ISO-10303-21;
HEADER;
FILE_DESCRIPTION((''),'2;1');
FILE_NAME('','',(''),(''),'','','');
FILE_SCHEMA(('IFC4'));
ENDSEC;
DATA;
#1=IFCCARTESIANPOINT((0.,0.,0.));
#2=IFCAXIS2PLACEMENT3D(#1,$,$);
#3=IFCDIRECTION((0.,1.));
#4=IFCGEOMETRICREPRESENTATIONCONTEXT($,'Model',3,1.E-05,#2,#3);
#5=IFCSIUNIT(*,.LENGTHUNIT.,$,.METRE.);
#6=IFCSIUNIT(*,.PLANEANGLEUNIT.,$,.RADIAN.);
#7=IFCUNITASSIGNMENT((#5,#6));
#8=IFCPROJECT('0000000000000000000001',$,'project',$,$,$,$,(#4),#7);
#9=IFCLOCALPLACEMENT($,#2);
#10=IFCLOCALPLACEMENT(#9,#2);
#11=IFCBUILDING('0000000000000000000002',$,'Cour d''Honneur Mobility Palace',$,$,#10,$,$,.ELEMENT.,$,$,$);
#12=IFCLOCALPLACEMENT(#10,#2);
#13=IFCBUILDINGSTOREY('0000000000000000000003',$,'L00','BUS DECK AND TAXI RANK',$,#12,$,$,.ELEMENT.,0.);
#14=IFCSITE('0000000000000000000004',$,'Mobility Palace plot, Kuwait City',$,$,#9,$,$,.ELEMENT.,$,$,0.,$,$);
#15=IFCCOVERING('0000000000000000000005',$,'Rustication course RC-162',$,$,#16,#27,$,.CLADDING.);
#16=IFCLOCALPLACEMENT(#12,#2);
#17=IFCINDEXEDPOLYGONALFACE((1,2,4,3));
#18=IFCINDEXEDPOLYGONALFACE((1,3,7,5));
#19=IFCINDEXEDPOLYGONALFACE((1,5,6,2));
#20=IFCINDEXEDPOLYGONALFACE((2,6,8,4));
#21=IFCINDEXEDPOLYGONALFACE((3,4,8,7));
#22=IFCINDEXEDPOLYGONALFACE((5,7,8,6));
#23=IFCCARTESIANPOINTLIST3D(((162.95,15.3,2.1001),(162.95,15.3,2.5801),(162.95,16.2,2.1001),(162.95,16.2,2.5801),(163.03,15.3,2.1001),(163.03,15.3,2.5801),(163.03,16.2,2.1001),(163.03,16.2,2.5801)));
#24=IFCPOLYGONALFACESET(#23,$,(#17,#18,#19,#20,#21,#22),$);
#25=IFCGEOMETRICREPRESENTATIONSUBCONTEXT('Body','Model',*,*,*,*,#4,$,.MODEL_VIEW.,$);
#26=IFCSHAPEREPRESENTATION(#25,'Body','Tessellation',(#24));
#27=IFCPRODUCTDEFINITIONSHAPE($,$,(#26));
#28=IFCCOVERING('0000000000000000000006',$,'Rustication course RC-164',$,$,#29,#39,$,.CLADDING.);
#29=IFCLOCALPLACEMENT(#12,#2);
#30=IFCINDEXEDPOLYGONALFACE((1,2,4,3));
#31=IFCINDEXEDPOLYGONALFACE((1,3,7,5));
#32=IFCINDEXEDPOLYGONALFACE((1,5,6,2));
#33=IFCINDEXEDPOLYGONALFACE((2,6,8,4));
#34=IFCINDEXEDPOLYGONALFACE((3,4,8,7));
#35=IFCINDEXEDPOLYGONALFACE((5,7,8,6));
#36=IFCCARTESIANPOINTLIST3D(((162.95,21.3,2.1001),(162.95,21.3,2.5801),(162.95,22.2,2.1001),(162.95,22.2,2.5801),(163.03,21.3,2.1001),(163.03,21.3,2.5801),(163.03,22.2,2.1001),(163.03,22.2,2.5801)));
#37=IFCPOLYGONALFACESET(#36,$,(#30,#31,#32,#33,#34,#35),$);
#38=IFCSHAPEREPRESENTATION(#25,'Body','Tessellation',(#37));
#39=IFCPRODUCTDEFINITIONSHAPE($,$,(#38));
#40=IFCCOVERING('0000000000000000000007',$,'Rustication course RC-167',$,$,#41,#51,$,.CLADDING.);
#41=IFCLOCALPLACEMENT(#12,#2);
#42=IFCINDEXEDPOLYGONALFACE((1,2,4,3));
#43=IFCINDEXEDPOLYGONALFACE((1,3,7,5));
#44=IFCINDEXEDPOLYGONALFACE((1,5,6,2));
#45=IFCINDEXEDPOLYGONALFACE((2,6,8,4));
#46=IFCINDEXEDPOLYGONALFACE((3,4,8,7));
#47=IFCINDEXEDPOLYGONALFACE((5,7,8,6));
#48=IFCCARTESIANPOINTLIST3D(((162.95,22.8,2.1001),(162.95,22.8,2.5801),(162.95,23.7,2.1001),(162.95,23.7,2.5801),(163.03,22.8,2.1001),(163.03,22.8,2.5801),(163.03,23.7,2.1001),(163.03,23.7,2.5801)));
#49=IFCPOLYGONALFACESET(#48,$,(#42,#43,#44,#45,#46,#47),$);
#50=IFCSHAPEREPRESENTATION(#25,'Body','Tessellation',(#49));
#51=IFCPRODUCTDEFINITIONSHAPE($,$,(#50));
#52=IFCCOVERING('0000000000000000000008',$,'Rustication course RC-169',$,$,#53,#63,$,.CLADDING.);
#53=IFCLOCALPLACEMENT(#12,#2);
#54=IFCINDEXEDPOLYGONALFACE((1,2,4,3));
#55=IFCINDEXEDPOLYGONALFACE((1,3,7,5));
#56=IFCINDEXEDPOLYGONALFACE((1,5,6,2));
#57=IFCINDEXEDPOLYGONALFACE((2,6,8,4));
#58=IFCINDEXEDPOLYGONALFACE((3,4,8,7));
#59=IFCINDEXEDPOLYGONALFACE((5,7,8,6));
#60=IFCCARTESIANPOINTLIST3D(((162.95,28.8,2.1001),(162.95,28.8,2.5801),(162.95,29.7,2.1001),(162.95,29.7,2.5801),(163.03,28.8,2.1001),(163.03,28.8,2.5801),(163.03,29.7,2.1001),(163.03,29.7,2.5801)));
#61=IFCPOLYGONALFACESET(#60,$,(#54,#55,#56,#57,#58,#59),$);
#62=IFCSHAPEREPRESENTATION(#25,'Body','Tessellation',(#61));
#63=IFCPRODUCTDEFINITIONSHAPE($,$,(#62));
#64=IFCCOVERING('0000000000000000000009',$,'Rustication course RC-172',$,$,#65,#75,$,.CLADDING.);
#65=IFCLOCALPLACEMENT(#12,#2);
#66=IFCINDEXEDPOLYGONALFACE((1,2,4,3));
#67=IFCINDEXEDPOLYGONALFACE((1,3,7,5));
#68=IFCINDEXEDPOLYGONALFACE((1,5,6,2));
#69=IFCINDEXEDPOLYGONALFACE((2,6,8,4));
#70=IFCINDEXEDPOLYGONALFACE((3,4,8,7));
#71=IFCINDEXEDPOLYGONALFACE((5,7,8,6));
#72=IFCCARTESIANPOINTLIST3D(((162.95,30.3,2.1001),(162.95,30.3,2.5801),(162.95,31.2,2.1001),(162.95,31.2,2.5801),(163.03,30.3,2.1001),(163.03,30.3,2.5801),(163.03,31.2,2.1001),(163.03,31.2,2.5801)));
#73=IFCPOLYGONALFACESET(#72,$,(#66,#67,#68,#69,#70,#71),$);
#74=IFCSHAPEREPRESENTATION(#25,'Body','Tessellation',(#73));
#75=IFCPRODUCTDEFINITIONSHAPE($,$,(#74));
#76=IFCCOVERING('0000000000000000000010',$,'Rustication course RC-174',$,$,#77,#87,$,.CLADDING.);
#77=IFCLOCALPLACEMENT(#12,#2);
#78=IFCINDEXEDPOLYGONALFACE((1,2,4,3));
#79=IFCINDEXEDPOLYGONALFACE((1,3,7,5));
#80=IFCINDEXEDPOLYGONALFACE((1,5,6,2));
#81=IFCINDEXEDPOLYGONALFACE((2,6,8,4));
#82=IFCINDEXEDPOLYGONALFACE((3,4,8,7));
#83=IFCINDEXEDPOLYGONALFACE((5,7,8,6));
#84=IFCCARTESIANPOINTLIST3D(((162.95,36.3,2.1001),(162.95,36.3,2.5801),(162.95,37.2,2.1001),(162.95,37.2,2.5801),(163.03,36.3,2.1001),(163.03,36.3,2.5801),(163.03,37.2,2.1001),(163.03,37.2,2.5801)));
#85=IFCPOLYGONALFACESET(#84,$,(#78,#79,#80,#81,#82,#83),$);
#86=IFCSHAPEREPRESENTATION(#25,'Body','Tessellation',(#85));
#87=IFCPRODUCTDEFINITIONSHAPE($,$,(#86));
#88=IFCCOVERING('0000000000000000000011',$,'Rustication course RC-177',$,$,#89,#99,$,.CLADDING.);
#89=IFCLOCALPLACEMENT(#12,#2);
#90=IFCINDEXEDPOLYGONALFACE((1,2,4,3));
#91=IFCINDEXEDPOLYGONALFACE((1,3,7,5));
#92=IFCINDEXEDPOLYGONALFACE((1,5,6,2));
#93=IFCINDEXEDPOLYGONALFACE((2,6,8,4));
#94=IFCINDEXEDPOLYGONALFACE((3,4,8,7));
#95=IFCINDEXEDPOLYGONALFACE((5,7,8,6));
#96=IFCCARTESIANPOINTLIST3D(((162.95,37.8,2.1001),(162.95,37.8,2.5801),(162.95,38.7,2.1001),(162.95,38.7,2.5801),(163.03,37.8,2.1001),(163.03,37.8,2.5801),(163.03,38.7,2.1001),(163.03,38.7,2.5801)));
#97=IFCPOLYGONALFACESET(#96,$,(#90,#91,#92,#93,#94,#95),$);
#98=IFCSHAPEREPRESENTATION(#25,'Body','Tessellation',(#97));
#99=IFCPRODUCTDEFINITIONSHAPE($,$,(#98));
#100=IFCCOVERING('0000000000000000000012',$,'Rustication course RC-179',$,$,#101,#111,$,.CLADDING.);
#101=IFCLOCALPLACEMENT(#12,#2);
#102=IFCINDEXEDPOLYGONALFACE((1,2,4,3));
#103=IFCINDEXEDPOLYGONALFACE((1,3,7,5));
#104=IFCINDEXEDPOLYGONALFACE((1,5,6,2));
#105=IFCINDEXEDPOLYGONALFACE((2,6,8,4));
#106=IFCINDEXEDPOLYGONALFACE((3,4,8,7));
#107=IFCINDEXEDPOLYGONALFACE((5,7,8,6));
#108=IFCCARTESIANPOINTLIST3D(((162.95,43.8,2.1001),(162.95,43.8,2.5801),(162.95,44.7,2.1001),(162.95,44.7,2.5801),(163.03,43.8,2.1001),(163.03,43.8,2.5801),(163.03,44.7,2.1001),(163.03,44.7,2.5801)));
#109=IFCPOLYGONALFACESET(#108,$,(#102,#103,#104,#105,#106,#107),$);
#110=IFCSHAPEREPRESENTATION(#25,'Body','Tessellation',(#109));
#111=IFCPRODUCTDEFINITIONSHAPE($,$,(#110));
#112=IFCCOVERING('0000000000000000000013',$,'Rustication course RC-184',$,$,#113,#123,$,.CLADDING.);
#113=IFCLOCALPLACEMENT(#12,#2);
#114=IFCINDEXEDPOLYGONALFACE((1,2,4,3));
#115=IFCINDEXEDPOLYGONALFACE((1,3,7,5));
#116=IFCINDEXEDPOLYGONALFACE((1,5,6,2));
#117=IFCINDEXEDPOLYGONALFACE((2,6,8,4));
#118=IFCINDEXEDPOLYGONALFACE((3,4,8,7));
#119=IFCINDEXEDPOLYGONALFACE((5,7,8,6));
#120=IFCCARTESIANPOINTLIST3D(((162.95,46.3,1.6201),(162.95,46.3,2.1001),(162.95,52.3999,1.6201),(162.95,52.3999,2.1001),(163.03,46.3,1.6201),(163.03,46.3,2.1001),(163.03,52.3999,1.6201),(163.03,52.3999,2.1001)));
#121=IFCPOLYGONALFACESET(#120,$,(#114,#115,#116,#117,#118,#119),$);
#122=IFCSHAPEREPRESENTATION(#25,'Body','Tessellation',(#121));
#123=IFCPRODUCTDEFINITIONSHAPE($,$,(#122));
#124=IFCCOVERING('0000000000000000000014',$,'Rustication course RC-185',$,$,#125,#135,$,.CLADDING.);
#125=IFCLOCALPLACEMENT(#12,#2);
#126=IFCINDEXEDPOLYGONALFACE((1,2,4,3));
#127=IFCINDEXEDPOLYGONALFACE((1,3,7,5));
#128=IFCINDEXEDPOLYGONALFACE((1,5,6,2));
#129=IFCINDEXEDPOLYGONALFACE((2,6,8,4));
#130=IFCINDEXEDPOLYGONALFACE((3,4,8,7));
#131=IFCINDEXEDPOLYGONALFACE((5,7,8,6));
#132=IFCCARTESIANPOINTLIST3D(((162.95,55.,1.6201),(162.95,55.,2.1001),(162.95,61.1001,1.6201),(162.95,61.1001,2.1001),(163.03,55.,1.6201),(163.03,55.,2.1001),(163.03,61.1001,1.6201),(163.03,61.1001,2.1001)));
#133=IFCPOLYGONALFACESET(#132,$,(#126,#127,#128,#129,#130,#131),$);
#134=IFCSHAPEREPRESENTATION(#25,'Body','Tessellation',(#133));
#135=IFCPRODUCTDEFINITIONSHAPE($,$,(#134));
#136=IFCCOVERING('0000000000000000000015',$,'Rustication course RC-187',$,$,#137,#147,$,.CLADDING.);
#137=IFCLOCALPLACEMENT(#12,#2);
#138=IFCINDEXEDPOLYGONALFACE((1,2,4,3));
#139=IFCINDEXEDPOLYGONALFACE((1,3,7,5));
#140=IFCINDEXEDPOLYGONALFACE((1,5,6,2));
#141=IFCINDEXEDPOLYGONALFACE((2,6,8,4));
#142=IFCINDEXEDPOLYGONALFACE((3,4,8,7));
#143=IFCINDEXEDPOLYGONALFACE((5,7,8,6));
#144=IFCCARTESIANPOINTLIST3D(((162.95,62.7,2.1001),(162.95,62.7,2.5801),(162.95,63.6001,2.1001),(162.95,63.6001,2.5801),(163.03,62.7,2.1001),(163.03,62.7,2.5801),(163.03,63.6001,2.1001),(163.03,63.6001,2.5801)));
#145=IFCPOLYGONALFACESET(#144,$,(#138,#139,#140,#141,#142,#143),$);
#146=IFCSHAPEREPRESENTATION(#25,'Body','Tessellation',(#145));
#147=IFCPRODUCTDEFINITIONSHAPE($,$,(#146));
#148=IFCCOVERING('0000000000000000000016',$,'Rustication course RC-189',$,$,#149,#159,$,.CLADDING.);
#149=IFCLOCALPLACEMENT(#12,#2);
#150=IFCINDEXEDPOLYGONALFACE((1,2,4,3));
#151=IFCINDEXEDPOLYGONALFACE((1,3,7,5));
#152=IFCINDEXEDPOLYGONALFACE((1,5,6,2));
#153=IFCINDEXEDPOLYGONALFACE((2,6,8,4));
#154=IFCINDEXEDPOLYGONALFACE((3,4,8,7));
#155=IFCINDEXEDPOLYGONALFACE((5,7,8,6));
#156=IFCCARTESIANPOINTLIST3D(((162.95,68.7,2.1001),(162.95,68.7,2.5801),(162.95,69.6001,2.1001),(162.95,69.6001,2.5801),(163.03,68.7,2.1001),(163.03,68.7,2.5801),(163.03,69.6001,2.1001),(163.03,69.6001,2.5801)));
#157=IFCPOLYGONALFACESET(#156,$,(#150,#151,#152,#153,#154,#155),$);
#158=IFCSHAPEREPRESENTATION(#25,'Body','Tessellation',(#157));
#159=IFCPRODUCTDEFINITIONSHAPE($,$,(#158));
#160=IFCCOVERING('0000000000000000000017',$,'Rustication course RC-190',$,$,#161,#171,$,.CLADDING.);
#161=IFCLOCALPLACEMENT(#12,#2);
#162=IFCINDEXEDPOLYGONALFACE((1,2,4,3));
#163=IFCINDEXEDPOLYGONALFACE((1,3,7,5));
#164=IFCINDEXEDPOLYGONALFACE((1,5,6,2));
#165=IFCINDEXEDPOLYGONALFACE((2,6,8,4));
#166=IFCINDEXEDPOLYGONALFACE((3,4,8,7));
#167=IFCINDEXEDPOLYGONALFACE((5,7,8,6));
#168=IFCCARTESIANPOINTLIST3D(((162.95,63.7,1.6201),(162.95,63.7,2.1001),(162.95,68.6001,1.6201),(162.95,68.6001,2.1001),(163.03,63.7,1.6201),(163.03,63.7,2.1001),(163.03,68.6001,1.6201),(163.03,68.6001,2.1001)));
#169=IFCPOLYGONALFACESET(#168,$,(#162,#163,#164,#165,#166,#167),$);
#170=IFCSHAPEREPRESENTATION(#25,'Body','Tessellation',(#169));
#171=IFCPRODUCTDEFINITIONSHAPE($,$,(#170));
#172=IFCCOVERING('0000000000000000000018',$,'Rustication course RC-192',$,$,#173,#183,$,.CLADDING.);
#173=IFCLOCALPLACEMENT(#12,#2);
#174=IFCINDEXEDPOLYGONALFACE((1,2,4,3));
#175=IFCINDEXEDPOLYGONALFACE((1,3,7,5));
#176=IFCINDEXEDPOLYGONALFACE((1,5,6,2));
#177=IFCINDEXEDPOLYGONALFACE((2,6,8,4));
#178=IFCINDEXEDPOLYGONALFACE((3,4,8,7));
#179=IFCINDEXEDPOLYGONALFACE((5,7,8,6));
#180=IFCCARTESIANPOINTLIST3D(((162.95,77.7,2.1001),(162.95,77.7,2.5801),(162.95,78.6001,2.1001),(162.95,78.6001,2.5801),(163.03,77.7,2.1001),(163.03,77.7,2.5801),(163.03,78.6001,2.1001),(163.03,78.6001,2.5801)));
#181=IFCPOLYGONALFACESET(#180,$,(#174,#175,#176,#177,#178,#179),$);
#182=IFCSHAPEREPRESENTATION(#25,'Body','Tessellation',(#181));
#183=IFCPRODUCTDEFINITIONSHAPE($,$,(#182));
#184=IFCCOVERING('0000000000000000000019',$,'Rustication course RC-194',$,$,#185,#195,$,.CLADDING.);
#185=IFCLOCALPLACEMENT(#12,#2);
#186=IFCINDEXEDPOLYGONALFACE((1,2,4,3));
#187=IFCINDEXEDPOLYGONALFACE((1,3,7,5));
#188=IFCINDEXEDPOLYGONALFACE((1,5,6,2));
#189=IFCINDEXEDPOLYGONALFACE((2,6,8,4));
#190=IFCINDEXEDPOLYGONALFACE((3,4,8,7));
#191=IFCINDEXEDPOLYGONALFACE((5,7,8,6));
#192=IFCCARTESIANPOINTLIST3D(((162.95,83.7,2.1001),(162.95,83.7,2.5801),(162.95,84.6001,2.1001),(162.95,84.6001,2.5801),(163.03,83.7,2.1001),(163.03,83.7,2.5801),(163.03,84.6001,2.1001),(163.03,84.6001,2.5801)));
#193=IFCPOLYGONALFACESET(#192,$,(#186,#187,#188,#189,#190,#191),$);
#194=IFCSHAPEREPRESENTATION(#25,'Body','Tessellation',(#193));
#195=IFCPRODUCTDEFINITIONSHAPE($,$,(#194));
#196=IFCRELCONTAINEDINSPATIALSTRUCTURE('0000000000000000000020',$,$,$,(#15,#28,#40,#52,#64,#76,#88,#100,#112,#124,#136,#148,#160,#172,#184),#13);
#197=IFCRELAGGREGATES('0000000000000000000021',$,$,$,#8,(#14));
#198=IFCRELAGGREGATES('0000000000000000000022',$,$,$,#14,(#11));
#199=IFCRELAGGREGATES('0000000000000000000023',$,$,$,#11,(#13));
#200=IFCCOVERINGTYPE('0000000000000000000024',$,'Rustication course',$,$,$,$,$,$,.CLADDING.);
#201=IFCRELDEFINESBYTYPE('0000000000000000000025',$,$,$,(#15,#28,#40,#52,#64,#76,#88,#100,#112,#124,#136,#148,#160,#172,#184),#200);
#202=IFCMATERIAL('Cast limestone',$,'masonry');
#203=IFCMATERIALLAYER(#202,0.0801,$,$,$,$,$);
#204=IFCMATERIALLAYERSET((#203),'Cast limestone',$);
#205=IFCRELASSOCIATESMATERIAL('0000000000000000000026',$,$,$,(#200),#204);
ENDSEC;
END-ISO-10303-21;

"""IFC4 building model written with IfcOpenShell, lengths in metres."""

from ifc_helpers import new_model, si_unit, direction, frame, origin, place, context, subcontext, project, spatial, polyline, outline, extrude, material, layer, layer_set, type_object, element, save


model = new_model("IFC4")

# Units and contexts
model_context = context("Model", 3, precision=1e-05, world=origin(), true_north=direction((0.0, 1.0)))
body_context = subcontext(model_context, "Body", "Model", "MODEL_VIEW")
ifc_project = project(units=[si_unit("LENGTHUNIT", "METRE"), si_unit("PLANEANGLEUNIT", "RADIAN")], contexts=[model_context])

# Site, building, storey
site_placement = place(None, origin())
site = spatial("IfcSite", under=ifc_project, at=site_placement, Name="Mobility Palace plot, Kuwait City", CompositionType="ELEMENT", RefElevation=0.0)
building_placement = place(site_placement, origin())
building = spatial("IfcBuilding", under=site, at=building_placement, Name="Cour d'Honneur Mobility Palace", CompositionType="ELEMENT")
storey_placement = place(building_placement, origin())
storey = spatial("IfcBuildingStorey", under=building, at=storey_placement, Name="L00", Description="BUS DECK AND TAXI RANK", CompositionType="ELEMENT", Elevation=0.0)

# Coverings
ifc_material = material(Name="Cast limestone", Category="masonry")
ifc_layer = layer(ifc_material, 0.0801)
ifc_layer_set = layer_set([ifc_layer], Name="Cast limestone")
covering_type = type_object("IfcCoveringType", Name="Rustication course", PredefinedType="CLADDING", material=ifc_layer_set)
covering_1_placement = place(storey_placement, frame((0.0, 0.0, 2.1001)))
element("IfcCovering", 1, at=covering_1_placement, inside=storey, type_object=covering_type, Name="Rustication course RC-162", PredefinedType="CLADDING", context=body_context, shape_type="SweptSolid", body=[
    extrude(outline(polyline([(162.95, 15.3), (162.95, 16.2), (163.03, 16.2), (163.03, 15.3), (162.95, 15.3)])), origin(), (0.0, 0.0, 1.0), 0.48),
])
covering_2_placement = place(storey_placement, frame((0.0, 0.0, 2.1001)))
element("IfcCovering", 2, at=covering_2_placement, inside=storey, type_object=covering_type, Name="Rustication course RC-164", PredefinedType="CLADDING", context=body_context, shape_type="SweptSolid", body=[
    extrude(outline(polyline([(162.95, 21.3), (162.95, 22.2), (163.03, 22.2), (163.03, 21.3), (162.95, 21.3)])), origin(), (0.0, 0.0, 1.0), 0.48),
])
covering_3_placement = place(storey_placement, frame((0.0, 0.0, 2.1001)))
element("IfcCovering", 3, at=covering_3_placement, inside=storey, type_object=covering_type, Name="Rustication course RC-167", PredefinedType="CLADDING", context=body_context, shape_type="SweptSolid", body=[
    extrude(outline(polyline([(162.95, 22.8), (162.95, 23.7), (163.03, 23.7), (163.03, 22.8), (162.95, 22.8)])), origin(), (0.0, 0.0, 1.0), 0.48),
])
covering_4_placement = place(storey_placement, frame((0.0, 0.0, 2.1001)))
element("IfcCovering", 4, at=covering_4_placement, inside=storey, type_object=covering_type, Name="Rustication course RC-169", PredefinedType="CLADDING", context=body_context, shape_type="SweptSolid", body=[
    extrude(outline(polyline([(162.95, 28.8), (162.95, 29.7), (163.03, 29.7), (163.03, 28.8), (162.95, 28.8)])), origin(), (0.0, 0.0, 1.0), 0.48),
])
covering_5_placement = place(storey_placement, frame((0.0, 0.0, 2.1001)))
element("IfcCovering", 5, at=covering_5_placement, inside=storey, type_object=covering_type, Name="Rustication course RC-172", PredefinedType="CLADDING", context=body_context, shape_type="SweptSolid", body=[
    extrude(outline(polyline([(162.95, 30.3), (162.95, 31.2), (163.03, 31.2), (163.03, 30.3), (162.95, 30.3)])), origin(), (0.0, 0.0, 1.0), 0.48),
])
covering_6_placement = place(storey_placement, frame((0.0, 0.0, 2.1001)))
element("IfcCovering", 6, at=covering_6_placement, inside=storey, type_object=covering_type, Name="Rustication course RC-174", PredefinedType="CLADDING", context=body_context, shape_type="SweptSolid", body=[
    extrude(outline(polyline([(162.95, 36.3), (162.95, 37.2), (163.03, 37.2), (163.03, 36.3), (162.95, 36.3)])), origin(), (0.0, 0.0, 1.0), 0.48),
])
covering_7_placement = place(storey_placement, frame((0.0, 0.0, 2.1001)))
element("IfcCovering", 7, at=covering_7_placement, inside=storey, type_object=covering_type, Name="Rustication course RC-177", PredefinedType="CLADDING", context=body_context, shape_type="SweptSolid", body=[
    extrude(outline(polyline([(162.95, 37.8), (162.95, 38.7), (163.03, 38.7), (163.03, 37.8), (162.95, 37.8)])), origin(), (0.0, 0.0, 1.0), 0.48),
])
covering_8_placement = place(storey_placement, frame((0.0, 0.0, 2.1001)))
element("IfcCovering", 8, at=covering_8_placement, inside=storey, type_object=covering_type, Name="Rustication course RC-179", PredefinedType="CLADDING", context=body_context, shape_type="SweptSolid", body=[
    extrude(outline(polyline([(162.95, 43.8), (162.95, 44.7), (163.03, 44.7), (163.03, 43.8), (162.95, 43.8)])), origin(), (0.0, 0.0, 1.0), 0.48),
])
covering_9_placement = place(storey_placement, frame((0.0, 0.0, 1.6201)))
element("IfcCovering", 9, at=covering_9_placement, inside=storey, type_object=covering_type, Name="Rustication course RC-184", PredefinedType="CLADDING", context=body_context, shape_type="SweptSolid", body=[
    extrude(outline(polyline([(162.95, 46.3), (162.95, 52.3999), (163.03, 52.3999), (163.03, 46.3), (162.95, 46.3)])), origin(), (0.0, 0.0, 1.0), 0.48),
])
covering_10_placement = place(storey_placement, frame((0.0, 0.0, 1.6201)))
element("IfcCovering", 10, at=covering_10_placement, inside=storey, type_object=covering_type, Name="Rustication course RC-185", PredefinedType="CLADDING", context=body_context, shape_type="SweptSolid", body=[
    extrude(outline(polyline([(162.95, 55.0), (162.95, 61.1001), (163.03, 61.1001), (163.03, 55.0), (162.95, 55.0)])), origin(), (0.0, 0.0, 1.0), 0.48),
])
covering_11_placement = place(storey_placement, frame((0.0, 0.0, 2.1001)))
element("IfcCovering", 11, at=covering_11_placement, inside=storey, type_object=covering_type, Name="Rustication course RC-187", PredefinedType="CLADDING", context=body_context, shape_type="SweptSolid", body=[
    extrude(outline(polyline([(162.95, 62.7), (162.95, 63.6001), (163.03, 63.6001), (163.03, 62.7), (162.95, 62.7)])), origin(), (0.0, 0.0, 1.0), 0.48),
])
covering_12_placement = place(storey_placement, frame((0.0, 0.0, 2.1001)))
element("IfcCovering", 12, at=covering_12_placement, inside=storey, type_object=covering_type, Name="Rustication course RC-189", PredefinedType="CLADDING", context=body_context, shape_type="SweptSolid", body=[
    extrude(outline(polyline([(162.95, 68.7), (162.95, 69.6001), (163.03, 69.6001), (163.03, 68.7), (162.95, 68.7)])), origin(), (0.0, 0.0, 1.0), 0.48),
])
covering_13_placement = place(storey_placement, frame((0.0, 0.0, 1.6201)))
element("IfcCovering", 13, at=covering_13_placement, inside=storey, type_object=covering_type, Name="Rustication course RC-190", PredefinedType="CLADDING", context=body_context, shape_type="SweptSolid", body=[
    extrude(outline(polyline([(162.95, 63.7), (162.95, 68.6001), (163.03, 68.6001), (163.03, 63.7), (162.95, 63.7)])), origin(), (0.0, 0.0, 1.0), 0.48),
])
covering_14_placement = place(storey_placement, frame((0.0, 0.0, 2.1001)))
element("IfcCovering", 14, at=covering_14_placement, inside=storey, type_object=covering_type, Name="Rustication course RC-192", PredefinedType="CLADDING", context=body_context, shape_type="SweptSolid", body=[
    extrude(outline(polyline([(162.95, 77.7), (162.95, 78.6001), (163.03, 78.6001), (163.03, 77.7), (162.95, 77.7)])), origin(), (0.0, 0.0, 1.0), 0.48),
])
covering_15_placement = place(storey_placement, frame((0.0, 0.0, 2.1001)))
element("IfcCovering", 15, at=covering_15_placement, inside=storey, type_object=covering_type, Name="Rustication course RC-194", PredefinedType="CLADDING", context=body_context, shape_type="SweptSolid", body=[
    extrude(outline(polyline([(162.95, 83.7), (162.95, 84.6001), (163.03, 84.6001), (163.03, 83.7), (162.95, 83.7)])), origin(), (0.0, 0.0, 1.0), 0.48),
])

save(model, "model.ifc")
